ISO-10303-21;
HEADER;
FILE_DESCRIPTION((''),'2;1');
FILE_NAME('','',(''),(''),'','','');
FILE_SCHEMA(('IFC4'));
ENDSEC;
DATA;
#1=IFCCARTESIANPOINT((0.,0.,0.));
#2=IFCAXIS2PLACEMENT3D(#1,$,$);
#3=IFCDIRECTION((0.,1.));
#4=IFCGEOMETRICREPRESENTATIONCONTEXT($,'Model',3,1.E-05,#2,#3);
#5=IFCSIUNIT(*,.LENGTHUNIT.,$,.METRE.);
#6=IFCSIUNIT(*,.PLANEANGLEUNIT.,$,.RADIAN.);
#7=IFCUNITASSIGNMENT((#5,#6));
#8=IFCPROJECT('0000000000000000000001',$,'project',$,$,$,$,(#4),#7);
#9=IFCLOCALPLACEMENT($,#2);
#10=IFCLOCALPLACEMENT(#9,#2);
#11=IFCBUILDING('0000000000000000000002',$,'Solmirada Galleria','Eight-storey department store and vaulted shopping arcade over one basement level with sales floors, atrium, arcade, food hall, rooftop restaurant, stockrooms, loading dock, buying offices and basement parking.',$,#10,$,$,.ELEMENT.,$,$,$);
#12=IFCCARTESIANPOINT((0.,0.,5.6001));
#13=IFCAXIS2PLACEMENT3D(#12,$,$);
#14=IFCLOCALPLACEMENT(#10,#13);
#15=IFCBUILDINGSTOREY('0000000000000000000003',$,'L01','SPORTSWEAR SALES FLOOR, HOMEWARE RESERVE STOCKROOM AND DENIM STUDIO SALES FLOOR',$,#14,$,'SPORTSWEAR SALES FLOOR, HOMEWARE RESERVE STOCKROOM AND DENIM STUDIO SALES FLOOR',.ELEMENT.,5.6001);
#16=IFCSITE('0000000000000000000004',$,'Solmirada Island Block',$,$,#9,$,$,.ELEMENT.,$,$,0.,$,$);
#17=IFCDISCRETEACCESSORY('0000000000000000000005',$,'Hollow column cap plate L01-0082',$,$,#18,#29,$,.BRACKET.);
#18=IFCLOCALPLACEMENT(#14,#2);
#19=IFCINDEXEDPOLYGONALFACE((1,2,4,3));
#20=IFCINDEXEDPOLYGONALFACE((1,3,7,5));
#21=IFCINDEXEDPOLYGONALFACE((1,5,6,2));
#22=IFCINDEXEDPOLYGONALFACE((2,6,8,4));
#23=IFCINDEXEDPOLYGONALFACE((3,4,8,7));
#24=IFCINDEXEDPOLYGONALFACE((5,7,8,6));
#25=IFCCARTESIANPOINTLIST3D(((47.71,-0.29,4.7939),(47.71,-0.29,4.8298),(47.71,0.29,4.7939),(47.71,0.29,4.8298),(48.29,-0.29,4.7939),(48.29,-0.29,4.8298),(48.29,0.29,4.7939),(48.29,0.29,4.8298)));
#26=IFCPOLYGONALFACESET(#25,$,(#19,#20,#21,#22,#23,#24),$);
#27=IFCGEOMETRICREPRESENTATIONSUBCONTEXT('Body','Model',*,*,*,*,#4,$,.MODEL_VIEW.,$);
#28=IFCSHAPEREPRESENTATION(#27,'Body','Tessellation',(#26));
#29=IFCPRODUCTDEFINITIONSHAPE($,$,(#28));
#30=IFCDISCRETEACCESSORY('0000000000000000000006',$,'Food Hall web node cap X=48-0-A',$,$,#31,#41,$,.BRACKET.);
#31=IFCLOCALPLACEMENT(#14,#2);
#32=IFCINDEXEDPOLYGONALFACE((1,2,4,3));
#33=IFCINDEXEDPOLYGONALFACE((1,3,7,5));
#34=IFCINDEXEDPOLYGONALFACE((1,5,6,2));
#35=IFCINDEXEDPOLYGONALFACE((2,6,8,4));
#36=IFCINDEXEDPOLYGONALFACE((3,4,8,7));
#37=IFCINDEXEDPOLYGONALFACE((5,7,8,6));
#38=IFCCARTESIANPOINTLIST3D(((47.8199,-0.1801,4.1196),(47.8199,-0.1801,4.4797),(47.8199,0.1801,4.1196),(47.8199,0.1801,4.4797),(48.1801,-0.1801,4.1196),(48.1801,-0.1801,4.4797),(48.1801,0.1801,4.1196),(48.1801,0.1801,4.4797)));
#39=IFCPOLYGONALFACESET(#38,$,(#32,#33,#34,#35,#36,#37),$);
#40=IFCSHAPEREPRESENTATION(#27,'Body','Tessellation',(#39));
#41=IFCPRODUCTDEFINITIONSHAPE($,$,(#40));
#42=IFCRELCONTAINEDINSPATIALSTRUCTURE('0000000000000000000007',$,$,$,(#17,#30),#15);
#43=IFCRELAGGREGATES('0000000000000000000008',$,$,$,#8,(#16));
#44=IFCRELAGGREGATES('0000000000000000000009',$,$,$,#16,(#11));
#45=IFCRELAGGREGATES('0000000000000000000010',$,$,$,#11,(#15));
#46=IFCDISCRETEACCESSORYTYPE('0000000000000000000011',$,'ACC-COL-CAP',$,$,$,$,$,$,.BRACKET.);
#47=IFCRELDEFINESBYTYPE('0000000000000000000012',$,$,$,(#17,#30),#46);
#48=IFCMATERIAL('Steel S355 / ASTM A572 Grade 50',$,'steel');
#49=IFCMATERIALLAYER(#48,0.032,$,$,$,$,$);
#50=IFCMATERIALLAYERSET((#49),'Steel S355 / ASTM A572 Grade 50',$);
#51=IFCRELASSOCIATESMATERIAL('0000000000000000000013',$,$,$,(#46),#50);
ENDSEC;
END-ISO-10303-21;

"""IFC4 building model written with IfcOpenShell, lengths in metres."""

from ifc_helpers import new_model, si_unit, direction, frame, origin, origin_2d, place, context, subcontext, project, spatial, rectangle, extrude, material, layer, layer_set, type_object, element, save


model = new_model("IFC4")

# Units and contexts
model_context = context("Model", 3, precision=1e-05, world=origin(), true_north=direction((0.0, 1.0)))
body_context = subcontext(model_context, "Body", "Model", "MODEL_VIEW")
ifc_project = project(units=[si_unit("LENGTHUNIT", "METRE"), si_unit("PLANEANGLEUNIT", "RADIAN")], contexts=[model_context])

# Site, building, storey
site_placement = place(None, origin())
site = spatial("IfcSite", under=ifc_project, at=site_placement, Name="Solmirada Island Block", CompositionType="ELEMENT", RefElevation=0.0)
building_placement = place(site_placement, origin())
building = spatial("IfcBuilding", under=site, at=building_placement, Name="Solmirada Galleria", Description="Eight-storey department store and vaulted shopping arcade over one basement level with sales floors, atrium, arcade, food hall, rooftop restaurant, stockrooms, loading dock, buying offices and basement parking.", CompositionType="ELEMENT")
storey_placement = place(building_placement, frame((0.0, 0.0, 5.6001)))
storey = spatial("IfcBuildingStorey", under=building, at=storey_placement, Name="L01", Description="SPORTSWEAR SALES FLOOR, HOMEWARE RESERVE STOCKROOM AND DENIM STUDIO SALES FLOOR", LongName="SPORTSWEAR SALES FLOOR, HOMEWARE RESERVE STOCKROOM AND DENIM STUDIO SALES FLOOR", CompositionType="ELEMENT", Elevation=5.6001)

# Discrete accessories
ifc_material_1 = material(Name="Steel S355 / ASTM A572 Grade 50", Category="steel")
ifc_layer_1 = layer(ifc_material_1, 0.032)
ifc_layer_set_1 = layer_set([ifc_layer_1], Name="Steel S355 / ASTM A572 Grade 50")
discrete_accessory_type = type_object("IfcDiscreteAccessoryType", Name="ACC-COL-CAP", PredefinedType="BRACKET", material=ifc_layer_set_1)
discrete_accessory_1_placement = place(storey_placement, frame((48.0, 0.0, 4.7939), z_axis=(0.0, 0.0, 1.0), x_axis=(1.0, 0.0, 0.0)))
element("IfcDiscreteAccessory", 1, at=discrete_accessory_1_placement, inside=storey, type_object=discrete_accessory_type, Name="Hollow column cap plate L01-0082", PredefinedType="BRACKET", context=body_context, shape_type="SweptSolid", body=[
    extrude(rectangle(XDim=0.5801, YDim=0.5801, at=origin_2d()), origin(), (0.0, 0.0, 1.0), 0.0359),
])
discrete_accessory_2_placement = place(storey_placement, frame((48.0, 0.0, 4.1196), z_axis=(0.0, 0.0, 1.0), x_axis=(1.0, 0.0, 0.0)))
element("IfcDiscreteAccessory", 2, at=discrete_accessory_2_placement, inside=storey, type_object=discrete_accessory_type, Name="Food Hall web node cap X=48-0-A", PredefinedType="BRACKET", context=body_context, shape_type="SweptSolid", body=[
    extrude(rectangle(XDim=0.3601, YDim=0.3601, at=origin_2d()), origin(), (0.0, 0.0, 1.0), 0.3601),
])

save(model, "model.ifc")
